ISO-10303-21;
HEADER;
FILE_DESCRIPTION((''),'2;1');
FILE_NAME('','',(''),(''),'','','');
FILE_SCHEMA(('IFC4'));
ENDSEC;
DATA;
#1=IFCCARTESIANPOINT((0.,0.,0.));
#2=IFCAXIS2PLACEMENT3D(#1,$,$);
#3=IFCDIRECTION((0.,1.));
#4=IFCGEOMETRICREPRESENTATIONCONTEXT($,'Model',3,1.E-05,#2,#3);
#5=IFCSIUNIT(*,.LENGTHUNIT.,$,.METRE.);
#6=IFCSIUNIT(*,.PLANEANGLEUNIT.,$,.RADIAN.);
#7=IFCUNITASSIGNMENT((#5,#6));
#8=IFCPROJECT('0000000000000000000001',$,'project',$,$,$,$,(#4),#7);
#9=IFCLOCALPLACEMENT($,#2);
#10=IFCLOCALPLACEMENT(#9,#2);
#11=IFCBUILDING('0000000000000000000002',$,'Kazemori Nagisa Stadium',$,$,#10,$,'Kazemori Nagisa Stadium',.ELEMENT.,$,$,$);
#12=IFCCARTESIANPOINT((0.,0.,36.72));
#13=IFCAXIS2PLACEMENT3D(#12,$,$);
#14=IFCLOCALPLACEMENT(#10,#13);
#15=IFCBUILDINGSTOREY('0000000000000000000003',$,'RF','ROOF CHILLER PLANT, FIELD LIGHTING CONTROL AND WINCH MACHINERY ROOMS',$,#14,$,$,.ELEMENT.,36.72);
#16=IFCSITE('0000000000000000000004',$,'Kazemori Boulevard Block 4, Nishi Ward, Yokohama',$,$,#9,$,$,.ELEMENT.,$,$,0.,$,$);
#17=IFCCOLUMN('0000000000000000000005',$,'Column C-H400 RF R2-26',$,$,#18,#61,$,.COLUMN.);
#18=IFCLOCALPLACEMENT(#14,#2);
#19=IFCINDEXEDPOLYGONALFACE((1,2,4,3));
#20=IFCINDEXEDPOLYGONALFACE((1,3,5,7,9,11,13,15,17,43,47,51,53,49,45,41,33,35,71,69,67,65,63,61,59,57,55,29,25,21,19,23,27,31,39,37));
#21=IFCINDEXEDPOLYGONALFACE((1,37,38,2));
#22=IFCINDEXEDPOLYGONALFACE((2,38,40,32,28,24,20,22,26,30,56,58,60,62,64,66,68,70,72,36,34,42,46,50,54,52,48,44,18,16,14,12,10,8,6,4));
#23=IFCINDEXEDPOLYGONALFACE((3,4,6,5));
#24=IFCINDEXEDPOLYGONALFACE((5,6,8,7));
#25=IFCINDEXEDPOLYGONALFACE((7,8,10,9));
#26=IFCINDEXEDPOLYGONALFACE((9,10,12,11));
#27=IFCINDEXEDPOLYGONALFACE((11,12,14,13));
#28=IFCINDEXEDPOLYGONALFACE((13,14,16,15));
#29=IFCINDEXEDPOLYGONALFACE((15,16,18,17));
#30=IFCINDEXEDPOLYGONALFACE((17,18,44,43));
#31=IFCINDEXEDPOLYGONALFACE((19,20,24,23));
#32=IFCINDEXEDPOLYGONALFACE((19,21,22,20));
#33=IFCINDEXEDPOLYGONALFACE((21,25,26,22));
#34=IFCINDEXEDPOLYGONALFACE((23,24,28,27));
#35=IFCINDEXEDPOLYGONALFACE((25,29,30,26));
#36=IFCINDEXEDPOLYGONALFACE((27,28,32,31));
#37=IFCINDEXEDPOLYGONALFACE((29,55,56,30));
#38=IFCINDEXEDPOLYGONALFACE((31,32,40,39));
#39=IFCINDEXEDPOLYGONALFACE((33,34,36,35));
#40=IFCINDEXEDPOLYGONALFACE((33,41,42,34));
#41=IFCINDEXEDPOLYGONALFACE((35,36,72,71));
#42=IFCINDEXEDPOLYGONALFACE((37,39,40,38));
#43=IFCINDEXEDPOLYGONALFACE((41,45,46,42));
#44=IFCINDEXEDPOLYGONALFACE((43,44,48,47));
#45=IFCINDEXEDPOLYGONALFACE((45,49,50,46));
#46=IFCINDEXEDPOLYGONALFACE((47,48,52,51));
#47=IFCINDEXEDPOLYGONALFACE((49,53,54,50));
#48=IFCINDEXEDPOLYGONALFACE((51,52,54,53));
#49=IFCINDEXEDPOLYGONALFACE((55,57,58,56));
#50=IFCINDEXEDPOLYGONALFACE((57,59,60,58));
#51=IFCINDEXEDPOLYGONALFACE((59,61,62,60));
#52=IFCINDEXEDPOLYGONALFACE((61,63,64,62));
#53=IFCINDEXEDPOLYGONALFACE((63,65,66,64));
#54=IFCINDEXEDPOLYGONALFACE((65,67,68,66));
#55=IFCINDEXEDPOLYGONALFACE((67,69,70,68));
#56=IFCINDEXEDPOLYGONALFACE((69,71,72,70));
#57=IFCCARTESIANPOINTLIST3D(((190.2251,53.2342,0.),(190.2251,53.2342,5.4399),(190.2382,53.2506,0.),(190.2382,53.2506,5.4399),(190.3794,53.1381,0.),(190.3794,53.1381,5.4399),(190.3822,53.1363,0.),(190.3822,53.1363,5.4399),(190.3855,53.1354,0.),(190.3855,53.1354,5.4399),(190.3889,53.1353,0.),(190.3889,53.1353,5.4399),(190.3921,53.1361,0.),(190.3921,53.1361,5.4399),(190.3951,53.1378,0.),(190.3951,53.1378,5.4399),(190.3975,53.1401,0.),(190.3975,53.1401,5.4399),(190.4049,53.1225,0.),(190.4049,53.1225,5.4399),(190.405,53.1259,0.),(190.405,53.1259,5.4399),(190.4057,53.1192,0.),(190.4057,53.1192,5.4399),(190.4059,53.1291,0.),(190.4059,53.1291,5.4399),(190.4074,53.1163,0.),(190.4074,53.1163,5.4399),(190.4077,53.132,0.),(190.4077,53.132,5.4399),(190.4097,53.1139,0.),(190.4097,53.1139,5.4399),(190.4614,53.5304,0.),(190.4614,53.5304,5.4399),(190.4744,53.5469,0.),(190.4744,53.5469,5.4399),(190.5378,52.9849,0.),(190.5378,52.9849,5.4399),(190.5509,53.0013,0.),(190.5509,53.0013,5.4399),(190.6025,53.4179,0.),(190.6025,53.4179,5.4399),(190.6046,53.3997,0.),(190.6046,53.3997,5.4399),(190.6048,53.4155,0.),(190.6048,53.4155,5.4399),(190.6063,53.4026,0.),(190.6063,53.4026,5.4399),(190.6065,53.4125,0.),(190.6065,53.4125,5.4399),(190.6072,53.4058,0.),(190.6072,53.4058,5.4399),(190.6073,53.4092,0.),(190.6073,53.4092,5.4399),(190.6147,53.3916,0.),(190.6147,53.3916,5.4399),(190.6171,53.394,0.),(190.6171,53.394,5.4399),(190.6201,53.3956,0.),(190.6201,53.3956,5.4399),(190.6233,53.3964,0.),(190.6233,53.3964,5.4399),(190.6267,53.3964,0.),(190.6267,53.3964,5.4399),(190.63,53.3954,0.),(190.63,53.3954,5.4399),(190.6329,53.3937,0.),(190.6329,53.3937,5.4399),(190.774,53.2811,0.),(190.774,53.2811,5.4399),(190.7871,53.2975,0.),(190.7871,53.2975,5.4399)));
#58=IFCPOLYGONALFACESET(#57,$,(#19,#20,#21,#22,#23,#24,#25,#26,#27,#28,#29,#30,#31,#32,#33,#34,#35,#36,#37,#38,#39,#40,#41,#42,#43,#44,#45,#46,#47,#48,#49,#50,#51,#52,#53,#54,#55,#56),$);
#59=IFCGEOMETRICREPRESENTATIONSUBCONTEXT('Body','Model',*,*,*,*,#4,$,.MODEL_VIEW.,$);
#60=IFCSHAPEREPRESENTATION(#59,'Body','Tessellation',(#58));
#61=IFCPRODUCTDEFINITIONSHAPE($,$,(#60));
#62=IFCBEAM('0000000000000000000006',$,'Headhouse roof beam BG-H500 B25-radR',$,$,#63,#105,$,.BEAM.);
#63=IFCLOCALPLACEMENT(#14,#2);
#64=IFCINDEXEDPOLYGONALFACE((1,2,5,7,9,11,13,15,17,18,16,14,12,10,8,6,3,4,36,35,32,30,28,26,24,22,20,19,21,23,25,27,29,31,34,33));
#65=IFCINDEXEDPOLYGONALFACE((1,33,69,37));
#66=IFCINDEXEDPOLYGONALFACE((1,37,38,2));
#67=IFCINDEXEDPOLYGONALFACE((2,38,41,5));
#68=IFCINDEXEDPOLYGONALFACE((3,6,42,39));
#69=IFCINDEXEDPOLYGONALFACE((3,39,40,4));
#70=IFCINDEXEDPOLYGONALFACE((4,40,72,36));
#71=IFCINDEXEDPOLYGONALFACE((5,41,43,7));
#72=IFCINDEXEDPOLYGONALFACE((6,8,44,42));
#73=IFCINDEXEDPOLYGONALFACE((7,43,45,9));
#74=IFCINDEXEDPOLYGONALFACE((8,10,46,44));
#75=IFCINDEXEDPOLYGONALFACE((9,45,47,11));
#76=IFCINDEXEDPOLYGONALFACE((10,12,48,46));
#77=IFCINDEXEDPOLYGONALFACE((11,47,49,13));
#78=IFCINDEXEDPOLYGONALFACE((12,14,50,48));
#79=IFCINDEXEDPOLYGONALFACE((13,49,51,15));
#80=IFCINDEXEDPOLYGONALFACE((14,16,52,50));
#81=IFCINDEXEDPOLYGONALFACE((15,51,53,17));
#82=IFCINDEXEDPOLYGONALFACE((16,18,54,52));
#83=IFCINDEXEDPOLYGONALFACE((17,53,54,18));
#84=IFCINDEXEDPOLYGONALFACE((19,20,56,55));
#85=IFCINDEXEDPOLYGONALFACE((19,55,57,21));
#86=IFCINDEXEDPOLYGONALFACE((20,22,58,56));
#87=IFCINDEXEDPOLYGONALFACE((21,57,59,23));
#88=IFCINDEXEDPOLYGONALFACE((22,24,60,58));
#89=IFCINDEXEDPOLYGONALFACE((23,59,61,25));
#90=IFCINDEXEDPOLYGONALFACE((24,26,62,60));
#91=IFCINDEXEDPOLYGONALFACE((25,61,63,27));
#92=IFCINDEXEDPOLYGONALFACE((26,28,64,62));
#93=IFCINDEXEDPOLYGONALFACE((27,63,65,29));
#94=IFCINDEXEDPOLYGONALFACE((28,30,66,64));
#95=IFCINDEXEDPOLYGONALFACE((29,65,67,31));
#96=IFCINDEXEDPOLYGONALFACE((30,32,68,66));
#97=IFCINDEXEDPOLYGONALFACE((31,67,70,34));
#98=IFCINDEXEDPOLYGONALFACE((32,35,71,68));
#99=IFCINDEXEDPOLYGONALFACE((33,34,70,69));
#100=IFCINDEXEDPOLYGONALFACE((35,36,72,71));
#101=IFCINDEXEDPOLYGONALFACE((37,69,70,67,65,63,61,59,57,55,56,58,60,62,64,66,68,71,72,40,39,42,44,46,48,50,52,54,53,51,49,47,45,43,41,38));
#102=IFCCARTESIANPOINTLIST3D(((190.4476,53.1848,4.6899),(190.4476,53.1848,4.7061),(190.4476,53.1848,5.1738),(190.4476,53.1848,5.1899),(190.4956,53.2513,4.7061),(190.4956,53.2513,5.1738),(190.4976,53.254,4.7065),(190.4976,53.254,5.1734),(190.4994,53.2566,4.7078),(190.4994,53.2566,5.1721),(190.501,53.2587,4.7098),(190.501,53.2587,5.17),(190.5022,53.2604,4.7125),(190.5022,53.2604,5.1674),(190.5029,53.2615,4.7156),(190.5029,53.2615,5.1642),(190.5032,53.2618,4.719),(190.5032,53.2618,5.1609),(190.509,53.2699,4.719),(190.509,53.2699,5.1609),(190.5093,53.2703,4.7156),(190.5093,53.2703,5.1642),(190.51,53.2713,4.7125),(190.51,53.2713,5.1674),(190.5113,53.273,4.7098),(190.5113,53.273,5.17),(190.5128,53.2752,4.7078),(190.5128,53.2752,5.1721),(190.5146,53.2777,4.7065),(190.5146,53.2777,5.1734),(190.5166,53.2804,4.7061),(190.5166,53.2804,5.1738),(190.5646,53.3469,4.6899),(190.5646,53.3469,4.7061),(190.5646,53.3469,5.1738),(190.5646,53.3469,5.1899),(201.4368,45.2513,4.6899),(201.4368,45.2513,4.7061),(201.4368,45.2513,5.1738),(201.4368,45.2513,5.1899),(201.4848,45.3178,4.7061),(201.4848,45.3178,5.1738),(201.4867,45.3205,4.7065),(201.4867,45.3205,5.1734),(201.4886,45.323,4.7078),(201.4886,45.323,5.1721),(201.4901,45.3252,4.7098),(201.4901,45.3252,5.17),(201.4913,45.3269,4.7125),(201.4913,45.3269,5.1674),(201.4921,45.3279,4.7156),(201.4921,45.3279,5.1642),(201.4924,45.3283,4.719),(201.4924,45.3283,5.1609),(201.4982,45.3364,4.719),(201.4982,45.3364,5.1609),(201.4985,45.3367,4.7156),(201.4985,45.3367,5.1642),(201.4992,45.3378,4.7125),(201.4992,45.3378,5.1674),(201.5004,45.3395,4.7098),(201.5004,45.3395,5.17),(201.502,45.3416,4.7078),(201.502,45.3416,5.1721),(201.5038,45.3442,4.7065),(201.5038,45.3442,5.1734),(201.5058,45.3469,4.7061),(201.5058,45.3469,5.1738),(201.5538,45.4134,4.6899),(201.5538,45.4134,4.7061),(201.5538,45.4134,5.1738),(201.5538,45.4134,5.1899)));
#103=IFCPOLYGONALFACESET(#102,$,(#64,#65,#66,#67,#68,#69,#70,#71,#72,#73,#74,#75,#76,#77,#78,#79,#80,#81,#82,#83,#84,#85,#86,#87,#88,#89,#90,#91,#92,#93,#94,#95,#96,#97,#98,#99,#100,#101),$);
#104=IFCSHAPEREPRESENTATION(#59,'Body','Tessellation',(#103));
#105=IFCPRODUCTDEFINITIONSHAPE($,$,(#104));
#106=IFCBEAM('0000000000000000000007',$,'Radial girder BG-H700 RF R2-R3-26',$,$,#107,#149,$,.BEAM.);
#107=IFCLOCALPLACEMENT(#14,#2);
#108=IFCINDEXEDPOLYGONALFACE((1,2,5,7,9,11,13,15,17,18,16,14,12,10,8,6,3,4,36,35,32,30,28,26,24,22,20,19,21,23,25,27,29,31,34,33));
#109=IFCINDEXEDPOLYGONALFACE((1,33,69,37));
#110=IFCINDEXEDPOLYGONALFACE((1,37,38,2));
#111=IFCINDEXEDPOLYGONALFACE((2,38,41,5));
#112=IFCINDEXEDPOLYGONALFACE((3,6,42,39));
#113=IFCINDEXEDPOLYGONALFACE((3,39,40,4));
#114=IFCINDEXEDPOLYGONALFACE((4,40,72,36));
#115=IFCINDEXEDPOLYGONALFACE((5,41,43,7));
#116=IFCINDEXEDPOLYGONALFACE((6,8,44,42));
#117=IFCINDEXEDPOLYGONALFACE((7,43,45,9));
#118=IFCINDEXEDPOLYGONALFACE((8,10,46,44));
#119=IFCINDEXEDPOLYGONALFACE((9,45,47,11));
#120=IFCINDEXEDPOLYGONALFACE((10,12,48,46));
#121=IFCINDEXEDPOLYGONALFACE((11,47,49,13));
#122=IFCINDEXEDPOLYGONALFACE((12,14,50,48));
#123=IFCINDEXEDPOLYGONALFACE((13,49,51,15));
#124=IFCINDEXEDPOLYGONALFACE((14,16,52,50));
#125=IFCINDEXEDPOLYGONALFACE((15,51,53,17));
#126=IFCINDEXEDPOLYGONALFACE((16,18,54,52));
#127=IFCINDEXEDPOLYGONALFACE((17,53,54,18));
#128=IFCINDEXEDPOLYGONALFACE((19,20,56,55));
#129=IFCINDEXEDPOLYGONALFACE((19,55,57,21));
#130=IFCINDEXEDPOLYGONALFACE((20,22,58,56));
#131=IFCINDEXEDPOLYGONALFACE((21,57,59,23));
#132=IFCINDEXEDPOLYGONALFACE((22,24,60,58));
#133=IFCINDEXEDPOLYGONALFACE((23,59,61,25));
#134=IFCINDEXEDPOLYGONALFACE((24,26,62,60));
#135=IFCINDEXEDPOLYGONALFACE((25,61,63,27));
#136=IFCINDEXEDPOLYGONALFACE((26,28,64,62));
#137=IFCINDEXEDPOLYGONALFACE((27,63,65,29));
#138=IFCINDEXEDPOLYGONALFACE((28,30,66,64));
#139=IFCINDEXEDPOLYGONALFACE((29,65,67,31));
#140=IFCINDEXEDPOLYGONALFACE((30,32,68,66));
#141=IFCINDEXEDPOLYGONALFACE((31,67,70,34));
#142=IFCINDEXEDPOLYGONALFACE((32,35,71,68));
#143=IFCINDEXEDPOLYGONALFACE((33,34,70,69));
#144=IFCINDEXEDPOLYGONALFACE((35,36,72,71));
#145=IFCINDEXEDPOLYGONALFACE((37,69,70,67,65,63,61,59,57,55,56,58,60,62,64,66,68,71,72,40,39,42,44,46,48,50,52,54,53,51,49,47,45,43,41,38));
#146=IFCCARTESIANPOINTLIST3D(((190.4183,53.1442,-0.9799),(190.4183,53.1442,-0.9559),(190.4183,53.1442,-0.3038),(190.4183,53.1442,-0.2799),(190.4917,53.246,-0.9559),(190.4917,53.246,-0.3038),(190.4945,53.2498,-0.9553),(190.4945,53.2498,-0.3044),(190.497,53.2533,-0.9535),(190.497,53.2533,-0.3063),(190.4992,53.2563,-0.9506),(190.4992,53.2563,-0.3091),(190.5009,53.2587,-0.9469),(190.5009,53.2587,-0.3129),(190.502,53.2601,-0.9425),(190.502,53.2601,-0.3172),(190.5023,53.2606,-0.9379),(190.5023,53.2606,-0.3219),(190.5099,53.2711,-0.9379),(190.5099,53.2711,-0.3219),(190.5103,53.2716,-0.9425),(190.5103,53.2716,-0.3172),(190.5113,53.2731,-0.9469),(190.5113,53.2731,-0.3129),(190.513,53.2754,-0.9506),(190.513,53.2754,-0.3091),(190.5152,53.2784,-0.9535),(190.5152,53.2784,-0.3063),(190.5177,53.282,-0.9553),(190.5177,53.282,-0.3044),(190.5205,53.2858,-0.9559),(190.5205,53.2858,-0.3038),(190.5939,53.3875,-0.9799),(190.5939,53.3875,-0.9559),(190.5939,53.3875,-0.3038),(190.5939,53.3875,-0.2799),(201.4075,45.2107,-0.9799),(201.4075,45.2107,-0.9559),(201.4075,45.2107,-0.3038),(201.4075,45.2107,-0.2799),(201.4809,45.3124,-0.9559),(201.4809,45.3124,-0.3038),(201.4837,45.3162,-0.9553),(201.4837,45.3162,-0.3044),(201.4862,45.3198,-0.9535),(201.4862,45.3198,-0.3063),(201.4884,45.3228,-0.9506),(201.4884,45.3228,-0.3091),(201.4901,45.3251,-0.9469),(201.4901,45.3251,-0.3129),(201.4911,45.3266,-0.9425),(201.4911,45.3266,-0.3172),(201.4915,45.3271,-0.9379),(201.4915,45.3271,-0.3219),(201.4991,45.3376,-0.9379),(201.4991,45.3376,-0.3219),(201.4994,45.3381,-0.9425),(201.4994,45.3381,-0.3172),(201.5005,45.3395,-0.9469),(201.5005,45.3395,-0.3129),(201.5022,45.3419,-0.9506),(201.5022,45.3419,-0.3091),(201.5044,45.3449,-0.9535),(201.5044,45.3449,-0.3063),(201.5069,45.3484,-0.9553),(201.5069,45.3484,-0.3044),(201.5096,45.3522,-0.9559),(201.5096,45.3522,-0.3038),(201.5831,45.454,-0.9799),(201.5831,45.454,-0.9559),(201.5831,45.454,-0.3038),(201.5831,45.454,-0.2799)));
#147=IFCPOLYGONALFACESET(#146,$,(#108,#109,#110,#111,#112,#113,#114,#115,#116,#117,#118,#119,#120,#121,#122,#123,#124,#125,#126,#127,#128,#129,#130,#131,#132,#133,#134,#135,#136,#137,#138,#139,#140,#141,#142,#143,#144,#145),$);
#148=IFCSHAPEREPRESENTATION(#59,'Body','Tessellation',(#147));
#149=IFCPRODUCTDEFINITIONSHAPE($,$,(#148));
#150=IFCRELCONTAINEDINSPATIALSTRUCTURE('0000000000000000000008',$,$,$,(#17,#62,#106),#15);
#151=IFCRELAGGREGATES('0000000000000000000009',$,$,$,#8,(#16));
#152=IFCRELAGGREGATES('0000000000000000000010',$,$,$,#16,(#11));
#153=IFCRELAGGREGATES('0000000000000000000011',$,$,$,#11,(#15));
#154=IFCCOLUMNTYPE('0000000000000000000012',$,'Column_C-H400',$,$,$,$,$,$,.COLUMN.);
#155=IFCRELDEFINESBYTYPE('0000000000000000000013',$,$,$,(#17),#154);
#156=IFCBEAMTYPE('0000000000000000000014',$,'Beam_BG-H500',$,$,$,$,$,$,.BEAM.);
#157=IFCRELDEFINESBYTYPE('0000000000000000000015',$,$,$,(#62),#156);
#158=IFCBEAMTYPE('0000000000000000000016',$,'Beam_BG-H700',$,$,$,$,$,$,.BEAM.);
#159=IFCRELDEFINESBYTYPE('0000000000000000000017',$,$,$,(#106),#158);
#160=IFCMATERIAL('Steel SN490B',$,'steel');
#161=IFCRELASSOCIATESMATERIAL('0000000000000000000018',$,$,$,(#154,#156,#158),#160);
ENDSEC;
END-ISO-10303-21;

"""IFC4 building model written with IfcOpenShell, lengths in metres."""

from ifc_helpers import new_model, si_unit, direction, frame, origin, origin_2d, place, context, subcontext, project, spatial, i_section, extrude, material, material_profile, profile_set, type_object, element, save


model = new_model("IFC4")

# Units and contexts
model_context = context("Model", 3, precision=1e-05, world=origin(), true_north=direction((0.0, 1.0)))
body_context = subcontext(model_context, "Body", "Model", "MODEL_VIEW")
ifc_project = project(units=[si_unit("LENGTHUNIT", "METRE"), si_unit("PLANEANGLEUNIT", "RADIAN")], contexts=[model_context])

# Site, building, storey
site_placement = place(None, origin())
site = spatial("IfcSite", under=ifc_project, at=site_placement, Name="Kazemori Boulevard Block 4, Nishi Ward, Yokohama", CompositionType="ELEMENT", RefElevation=0.0)
building_placement = place(site_placement, origin())
building = spatial("IfcBuilding", under=site, at=building_placement, Name="Kazemori Nagisa Stadium", LongName="Kazemori Nagisa Stadium", CompositionType="ELEMENT")
storey_placement = place(building_placement, frame((0.0, 0.0, 36.72)))
storey = spatial("IfcBuildingStorey", under=building, at=storey_placement, Name="RF", Description="ROOF CHILLER PLANT, FIELD LIGHTING CONTROL AND WINCH MACHINERY ROOMS", CompositionType="ELEMENT", Elevation=36.72)

# Column
ifc_material_1 = material(Name="Steel SN490B", Category="steel")
ifc_material_profile_1 = material_profile(ifc_material_1, i_section(OverallWidth=0.3999, OverallDepth=0.3999, WebThickness=0.0129, FlangeThickness=0.021, FilletRadius=0.0129, at=origin_2d()), Name="H-400x400x13x21")
ifc_profile_set_1 = profile_set([ifc_material_profile_1], Name="Steel SN490B")
column_type = type_object("IfcColumnType", Name="Column_C-H400", PredefinedType="COLUMN", material=ifc_profile_set_1)
column_placement = place(storey_placement, frame((190.5061, 53.2659, 0.0), z_axis=(0.0, 0.0, 1.0), x_axis=(0.781831, -0.62349, 0.0)))
element("IfcColumn", 1, at=column_placement, inside=storey, type_object=column_type, Name="Column C-H400 RF R2-26", PredefinedType="COLUMN", context=body_context, shape_type="SweptSolid", body=[
    extrude(i_section(OverallWidth=0.3999, OverallDepth=0.3999, WebThickness=0.0129, FlangeThickness=0.021, FilletRadius=0.0129, at=origin_2d()), origin(), (0.0, 0.0, 1.0), 5.4399),
])

# Beams
ifc_material_profile_2 = material_profile(ifc_material_1, i_section(OverallWidth=0.2, OverallDepth=0.5, WebThickness=0.01, FlangeThickness=0.0161, FilletRadius=0.0129, at=origin_2d()), Name="H-500x200x10x16")
ifc_profile_set_2 = profile_set([ifc_material_profile_2], Name="Steel SN490B")
beam_type_1 = type_object("IfcBeamType", Name="Beam_BG-H500", PredefinedType="BEAM", material=ifc_profile_set_2)
beam_1_placement = place(storey_placement, frame((190.5061, 53.2659, 4.9399), z_axis=(0.810788, -0.585341, 0.0), x_axis=(0.585341, 0.810788, 0.0)))
element("IfcBeam", 2, at=beam_1_placement, inside=storey, type_object=beam_type_1, Name="Headhouse roof beam BG-H500 B25-radR", PredefinedType="BEAM", context=body_context, shape_type="SweptSolid", body=[
    extrude(i_section(OverallWidth=0.2, OverallDepth=0.5, WebThickness=0.01, FlangeThickness=0.0161, FilletRadius=0.0129, at=origin_2d()), origin(), (0.0, 0.0, 1.0), 13.5537),
])
ifc_material_profile_3 = material_profile(ifc_material_1, i_section(OverallWidth=0.3, OverallDepth=0.7, WebThickness=0.0129, FlangeThickness=0.0239, FilletRadius=0.0181, at=origin_2d()), Name="H-700x300x13x24")
ifc_profile_set_3 = profile_set([ifc_material_profile_3], Name="Steel SN490B")
beam_type_2 = type_object("IfcBeamType", Name="Beam_BG-H700", PredefinedType="BEAM", material=ifc_profile_set_3)
beam_2_placement = place(storey_placement, frame((190.5061, 53.2659, -0.6299), z_axis=(0.810788, -0.585341, 0.0), x_axis=(0.585341, 0.810788, 0.0)))
element("IfcBeam", 3, at=beam_2_placement, inside=storey, type_object=beam_type_2, Name="Radial girder BG-H700 RF R2-R3-26", PredefinedType="BEAM", context=body_context, shape_type="SweptSolid", body=[
    extrude(i_section(OverallWidth=0.3, OverallDepth=0.7, WebThickness=0.0129, FlangeThickness=0.0239, FilletRadius=0.0181, at=origin_2d()), origin(), (0.0, 0.0, 1.0), 13.5537),
])

save(model, "model.ifc")
